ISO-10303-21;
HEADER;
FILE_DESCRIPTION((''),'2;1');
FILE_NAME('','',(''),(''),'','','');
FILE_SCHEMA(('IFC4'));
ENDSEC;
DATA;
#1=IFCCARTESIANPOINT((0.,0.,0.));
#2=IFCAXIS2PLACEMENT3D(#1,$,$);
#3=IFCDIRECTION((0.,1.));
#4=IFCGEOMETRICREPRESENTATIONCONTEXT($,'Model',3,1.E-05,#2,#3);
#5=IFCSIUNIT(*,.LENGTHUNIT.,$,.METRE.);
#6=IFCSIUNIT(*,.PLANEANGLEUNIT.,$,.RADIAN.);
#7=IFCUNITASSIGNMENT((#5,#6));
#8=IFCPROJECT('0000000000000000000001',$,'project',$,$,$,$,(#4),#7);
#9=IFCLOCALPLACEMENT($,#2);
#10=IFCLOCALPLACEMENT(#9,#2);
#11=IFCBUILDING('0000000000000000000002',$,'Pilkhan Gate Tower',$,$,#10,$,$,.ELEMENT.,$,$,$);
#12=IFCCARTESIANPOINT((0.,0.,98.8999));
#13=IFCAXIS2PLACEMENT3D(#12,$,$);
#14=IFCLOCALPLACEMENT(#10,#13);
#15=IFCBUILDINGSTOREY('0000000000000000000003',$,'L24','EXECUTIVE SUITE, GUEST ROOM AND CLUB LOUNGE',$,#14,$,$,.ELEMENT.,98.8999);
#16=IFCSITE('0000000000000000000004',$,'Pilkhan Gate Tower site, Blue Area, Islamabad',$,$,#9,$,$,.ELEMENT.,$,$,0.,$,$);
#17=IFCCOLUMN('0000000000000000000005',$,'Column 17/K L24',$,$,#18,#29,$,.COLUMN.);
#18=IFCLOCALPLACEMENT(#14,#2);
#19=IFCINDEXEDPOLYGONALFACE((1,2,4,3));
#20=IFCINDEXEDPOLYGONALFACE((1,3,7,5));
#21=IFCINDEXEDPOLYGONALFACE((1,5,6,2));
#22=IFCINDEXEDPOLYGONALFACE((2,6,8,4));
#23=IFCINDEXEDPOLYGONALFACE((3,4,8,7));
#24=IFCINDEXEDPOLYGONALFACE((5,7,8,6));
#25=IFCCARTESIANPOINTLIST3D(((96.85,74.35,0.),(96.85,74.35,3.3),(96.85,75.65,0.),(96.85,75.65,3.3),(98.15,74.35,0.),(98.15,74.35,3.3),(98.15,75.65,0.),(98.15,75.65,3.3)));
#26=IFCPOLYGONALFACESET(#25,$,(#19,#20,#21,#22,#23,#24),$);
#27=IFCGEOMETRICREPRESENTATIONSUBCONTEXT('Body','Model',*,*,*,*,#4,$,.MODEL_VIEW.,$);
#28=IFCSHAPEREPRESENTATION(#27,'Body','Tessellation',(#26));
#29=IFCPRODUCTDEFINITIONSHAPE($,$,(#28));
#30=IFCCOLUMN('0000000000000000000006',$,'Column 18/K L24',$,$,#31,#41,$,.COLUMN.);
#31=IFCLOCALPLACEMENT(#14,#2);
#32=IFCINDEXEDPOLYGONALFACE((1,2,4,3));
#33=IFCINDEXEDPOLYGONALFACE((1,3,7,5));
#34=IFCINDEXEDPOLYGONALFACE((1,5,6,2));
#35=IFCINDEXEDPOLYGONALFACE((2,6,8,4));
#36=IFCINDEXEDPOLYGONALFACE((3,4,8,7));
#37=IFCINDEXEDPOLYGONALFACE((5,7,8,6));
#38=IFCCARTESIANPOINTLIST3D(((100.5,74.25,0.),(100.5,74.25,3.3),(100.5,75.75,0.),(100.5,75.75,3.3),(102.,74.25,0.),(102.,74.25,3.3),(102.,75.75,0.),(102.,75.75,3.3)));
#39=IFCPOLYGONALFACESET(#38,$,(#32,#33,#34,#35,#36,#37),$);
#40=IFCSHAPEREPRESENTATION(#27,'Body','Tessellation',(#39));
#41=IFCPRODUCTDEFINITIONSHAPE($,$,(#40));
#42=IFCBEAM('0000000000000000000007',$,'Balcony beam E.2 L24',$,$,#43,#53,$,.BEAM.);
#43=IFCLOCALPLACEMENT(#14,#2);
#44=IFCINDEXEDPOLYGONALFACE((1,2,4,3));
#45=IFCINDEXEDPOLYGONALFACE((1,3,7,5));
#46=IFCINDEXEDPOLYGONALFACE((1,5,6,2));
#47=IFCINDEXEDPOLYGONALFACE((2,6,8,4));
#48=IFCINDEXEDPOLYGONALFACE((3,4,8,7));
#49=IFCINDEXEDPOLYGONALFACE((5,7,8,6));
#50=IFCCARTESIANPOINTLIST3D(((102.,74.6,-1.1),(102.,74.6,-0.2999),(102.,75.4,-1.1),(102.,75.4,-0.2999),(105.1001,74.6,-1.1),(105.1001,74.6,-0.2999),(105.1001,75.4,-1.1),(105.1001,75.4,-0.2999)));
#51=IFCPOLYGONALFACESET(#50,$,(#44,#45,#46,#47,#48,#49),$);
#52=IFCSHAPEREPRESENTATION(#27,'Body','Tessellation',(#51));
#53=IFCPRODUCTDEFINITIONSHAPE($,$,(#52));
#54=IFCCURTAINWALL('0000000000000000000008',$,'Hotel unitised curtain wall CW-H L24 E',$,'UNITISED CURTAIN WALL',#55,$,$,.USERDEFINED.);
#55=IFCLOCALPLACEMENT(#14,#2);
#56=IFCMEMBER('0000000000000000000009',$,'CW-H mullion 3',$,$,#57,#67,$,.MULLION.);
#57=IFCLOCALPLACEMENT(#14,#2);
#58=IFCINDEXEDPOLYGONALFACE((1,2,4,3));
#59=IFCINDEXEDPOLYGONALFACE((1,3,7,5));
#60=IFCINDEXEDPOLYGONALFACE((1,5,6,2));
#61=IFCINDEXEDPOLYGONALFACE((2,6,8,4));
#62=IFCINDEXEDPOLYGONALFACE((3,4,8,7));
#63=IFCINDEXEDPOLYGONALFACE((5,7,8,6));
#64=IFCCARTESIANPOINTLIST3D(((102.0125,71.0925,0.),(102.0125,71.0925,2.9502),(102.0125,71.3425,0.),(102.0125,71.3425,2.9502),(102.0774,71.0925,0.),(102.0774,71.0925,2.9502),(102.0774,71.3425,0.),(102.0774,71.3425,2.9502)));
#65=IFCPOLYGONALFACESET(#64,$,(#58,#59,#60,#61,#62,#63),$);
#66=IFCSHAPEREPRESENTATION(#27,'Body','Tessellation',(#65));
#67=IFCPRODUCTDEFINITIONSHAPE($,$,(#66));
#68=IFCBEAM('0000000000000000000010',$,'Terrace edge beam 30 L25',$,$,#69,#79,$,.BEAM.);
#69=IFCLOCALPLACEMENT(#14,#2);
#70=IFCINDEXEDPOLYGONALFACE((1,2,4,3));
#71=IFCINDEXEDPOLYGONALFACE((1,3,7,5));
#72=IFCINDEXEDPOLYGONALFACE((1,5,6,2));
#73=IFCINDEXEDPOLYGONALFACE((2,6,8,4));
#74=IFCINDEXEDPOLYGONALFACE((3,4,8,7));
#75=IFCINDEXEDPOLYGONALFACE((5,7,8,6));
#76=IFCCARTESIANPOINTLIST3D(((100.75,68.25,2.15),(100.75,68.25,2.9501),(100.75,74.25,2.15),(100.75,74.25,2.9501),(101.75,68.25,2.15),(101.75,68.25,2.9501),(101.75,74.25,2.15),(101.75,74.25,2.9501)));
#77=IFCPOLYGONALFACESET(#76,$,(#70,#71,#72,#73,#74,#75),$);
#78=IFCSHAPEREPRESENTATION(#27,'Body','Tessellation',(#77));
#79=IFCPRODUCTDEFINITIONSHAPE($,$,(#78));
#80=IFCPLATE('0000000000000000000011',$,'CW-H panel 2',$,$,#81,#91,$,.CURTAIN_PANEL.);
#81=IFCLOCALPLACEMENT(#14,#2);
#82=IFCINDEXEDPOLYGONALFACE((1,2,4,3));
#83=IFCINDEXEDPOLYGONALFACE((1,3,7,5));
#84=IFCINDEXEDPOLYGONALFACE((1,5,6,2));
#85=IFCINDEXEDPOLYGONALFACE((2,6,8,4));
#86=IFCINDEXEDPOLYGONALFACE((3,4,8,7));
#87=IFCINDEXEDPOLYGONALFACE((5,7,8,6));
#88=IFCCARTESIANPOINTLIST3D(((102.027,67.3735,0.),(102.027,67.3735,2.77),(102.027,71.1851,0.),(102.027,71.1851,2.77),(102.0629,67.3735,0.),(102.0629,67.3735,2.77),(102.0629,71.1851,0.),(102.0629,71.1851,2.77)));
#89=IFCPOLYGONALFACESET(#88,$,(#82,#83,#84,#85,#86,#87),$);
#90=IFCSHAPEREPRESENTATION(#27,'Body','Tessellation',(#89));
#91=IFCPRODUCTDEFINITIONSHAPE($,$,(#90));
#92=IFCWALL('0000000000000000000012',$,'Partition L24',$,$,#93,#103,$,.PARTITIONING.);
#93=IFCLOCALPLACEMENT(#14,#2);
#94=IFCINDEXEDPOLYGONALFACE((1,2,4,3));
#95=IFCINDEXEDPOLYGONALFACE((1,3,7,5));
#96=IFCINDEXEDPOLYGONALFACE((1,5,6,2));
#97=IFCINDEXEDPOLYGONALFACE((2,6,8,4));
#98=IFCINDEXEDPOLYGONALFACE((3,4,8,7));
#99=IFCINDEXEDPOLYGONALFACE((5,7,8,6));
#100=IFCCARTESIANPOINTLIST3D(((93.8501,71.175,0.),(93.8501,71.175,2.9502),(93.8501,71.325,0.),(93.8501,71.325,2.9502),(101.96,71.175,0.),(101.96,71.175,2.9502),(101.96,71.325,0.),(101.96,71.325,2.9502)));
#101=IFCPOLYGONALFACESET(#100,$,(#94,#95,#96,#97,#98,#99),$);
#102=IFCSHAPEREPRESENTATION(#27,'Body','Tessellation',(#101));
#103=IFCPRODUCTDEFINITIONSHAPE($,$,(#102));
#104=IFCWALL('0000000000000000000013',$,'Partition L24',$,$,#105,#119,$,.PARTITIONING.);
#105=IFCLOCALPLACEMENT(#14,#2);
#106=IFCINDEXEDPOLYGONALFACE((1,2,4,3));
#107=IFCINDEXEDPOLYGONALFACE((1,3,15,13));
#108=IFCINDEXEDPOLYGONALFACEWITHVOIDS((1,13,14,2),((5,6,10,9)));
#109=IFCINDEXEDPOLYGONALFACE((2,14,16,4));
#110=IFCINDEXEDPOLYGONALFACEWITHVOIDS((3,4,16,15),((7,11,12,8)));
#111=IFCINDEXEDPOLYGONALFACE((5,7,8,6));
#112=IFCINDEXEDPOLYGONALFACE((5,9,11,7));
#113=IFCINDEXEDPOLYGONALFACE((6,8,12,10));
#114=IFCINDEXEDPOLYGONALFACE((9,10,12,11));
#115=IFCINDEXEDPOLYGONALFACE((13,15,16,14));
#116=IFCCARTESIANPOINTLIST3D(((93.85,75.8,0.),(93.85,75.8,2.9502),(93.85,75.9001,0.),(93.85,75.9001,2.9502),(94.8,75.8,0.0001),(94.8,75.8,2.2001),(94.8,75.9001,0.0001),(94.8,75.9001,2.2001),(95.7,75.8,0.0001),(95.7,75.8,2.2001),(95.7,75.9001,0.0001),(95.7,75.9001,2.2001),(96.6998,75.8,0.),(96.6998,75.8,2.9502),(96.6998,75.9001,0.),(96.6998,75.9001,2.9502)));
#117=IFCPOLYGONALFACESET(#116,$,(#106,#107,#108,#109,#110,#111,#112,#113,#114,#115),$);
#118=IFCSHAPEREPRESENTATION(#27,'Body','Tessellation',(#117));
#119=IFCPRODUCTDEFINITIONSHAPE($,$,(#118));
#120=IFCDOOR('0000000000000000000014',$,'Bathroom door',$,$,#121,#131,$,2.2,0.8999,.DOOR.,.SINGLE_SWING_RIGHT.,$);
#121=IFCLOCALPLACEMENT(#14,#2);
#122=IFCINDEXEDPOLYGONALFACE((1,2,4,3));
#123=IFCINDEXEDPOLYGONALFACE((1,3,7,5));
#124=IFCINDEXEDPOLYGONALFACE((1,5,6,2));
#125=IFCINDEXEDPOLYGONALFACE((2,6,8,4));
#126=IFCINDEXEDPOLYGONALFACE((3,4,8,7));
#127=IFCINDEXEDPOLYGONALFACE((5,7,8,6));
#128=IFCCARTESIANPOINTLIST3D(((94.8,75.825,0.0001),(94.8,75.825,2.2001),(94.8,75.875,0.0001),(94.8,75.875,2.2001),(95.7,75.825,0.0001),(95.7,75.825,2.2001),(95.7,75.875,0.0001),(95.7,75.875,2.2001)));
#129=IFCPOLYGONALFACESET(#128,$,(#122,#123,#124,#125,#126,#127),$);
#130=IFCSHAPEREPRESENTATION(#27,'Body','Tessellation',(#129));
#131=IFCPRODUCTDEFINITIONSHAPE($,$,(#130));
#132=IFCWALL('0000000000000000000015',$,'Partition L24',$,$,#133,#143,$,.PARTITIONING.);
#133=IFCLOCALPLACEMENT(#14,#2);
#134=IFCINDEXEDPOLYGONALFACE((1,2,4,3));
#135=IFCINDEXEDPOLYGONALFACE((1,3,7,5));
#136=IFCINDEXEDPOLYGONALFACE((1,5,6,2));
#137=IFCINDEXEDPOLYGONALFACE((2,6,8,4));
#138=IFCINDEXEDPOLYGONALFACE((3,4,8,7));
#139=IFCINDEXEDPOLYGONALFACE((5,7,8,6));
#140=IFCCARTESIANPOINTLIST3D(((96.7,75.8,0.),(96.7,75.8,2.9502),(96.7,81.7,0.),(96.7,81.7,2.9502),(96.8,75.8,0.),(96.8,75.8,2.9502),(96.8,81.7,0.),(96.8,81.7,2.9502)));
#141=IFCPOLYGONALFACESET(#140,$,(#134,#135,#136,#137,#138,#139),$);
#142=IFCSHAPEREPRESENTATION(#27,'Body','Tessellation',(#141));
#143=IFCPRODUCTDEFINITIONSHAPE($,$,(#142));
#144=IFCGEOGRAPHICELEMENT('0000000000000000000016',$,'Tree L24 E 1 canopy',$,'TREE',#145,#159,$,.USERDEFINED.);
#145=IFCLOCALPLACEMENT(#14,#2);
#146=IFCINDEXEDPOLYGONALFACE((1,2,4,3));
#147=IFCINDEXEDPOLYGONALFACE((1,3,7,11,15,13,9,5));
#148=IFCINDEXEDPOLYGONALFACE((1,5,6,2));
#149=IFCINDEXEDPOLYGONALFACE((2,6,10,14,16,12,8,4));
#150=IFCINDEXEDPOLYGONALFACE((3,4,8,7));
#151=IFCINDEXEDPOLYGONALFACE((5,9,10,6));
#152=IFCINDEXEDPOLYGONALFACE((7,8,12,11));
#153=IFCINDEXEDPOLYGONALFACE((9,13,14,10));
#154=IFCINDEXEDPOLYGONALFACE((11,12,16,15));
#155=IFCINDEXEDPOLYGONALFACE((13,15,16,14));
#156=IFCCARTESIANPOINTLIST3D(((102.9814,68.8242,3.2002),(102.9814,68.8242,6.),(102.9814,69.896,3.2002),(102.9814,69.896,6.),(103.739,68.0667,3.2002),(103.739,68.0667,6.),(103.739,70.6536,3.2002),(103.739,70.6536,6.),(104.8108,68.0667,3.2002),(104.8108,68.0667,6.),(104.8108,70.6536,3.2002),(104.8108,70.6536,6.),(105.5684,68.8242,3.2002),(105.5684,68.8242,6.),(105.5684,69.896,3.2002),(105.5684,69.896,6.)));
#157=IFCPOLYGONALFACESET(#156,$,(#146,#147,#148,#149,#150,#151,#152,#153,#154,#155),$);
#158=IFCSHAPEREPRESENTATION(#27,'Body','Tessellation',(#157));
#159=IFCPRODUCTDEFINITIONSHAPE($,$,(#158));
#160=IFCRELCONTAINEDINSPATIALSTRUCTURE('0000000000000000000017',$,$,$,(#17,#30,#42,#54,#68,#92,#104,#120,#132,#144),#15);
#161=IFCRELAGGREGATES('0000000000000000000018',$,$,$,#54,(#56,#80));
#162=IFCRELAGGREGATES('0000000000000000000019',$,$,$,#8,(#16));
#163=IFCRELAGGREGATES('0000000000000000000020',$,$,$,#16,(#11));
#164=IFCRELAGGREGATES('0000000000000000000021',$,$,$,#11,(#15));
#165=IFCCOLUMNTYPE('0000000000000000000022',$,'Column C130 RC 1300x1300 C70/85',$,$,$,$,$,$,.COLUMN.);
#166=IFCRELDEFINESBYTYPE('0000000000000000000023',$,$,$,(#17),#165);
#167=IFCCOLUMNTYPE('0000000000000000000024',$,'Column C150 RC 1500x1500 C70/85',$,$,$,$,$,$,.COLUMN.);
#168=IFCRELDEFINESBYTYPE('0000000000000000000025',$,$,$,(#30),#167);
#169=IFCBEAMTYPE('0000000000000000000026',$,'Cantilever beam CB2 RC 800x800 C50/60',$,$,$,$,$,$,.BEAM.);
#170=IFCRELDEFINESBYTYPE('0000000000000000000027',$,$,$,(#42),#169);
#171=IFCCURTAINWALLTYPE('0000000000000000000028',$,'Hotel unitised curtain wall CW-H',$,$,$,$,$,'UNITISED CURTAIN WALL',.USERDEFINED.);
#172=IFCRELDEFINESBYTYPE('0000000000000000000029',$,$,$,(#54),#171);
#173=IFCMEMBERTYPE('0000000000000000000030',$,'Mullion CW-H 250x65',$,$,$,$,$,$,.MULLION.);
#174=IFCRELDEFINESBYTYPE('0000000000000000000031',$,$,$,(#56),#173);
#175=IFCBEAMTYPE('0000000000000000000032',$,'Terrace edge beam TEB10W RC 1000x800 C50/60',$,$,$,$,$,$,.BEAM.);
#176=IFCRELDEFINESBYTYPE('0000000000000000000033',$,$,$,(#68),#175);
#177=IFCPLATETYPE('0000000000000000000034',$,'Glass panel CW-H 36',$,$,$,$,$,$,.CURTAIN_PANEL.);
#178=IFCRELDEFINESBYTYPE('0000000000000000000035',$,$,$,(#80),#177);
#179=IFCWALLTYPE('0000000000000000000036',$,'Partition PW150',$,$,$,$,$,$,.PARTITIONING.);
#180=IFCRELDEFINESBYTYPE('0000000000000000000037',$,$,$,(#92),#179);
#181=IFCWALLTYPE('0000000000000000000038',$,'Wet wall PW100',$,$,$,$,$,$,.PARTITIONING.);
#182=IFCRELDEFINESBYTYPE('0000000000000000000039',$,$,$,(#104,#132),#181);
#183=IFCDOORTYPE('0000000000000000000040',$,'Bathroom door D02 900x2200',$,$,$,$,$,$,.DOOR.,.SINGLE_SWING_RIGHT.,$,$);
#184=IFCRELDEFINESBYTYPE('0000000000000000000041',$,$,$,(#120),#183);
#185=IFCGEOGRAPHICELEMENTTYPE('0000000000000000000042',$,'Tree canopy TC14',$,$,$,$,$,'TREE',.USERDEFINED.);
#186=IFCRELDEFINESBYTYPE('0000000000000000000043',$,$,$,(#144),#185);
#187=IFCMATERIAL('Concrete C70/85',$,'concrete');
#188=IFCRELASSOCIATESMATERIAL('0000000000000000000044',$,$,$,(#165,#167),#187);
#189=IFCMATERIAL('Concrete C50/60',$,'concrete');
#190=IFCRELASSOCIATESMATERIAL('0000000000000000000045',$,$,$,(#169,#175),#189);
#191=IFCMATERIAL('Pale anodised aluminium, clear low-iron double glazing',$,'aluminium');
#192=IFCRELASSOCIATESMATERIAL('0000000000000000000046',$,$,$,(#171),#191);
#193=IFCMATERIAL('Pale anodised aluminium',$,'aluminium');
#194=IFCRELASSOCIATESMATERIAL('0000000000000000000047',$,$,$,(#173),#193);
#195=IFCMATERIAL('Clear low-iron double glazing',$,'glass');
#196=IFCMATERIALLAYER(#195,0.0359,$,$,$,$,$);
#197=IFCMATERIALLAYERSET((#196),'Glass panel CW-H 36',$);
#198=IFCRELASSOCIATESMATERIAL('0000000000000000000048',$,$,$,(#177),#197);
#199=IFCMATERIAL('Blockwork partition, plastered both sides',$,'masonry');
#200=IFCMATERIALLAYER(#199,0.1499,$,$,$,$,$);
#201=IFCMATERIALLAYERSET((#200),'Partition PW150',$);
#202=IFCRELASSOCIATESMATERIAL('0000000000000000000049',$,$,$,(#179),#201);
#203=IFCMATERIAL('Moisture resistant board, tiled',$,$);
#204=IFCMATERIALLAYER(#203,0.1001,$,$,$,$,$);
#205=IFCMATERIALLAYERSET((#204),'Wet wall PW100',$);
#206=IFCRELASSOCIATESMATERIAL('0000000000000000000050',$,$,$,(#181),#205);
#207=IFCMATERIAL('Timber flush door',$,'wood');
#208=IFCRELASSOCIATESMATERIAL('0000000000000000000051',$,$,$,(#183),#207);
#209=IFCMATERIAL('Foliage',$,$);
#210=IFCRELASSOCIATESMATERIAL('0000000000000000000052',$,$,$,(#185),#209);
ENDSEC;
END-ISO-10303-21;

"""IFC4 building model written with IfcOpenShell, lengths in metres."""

from ifc_helpers import new_model, si_unit, direction, frame, frame_2d, origin, origin_2d, place, context, subcontext, project, spatial, polyline, rectangle, outline, extrude, material, layer, layer_set, material_profile, profile_set, type_object, element, fill, aggregate, save


model = new_model("IFC4")

# Units and contexts
model_context = context("Model", 3, precision=1e-05, world=origin(), true_north=direction((0.0, 1.0)))
body_context = subcontext(model_context, "Body", "Model", "MODEL_VIEW")
ifc_project = project(units=[si_unit("LENGTHUNIT", "METRE"), si_unit("PLANEANGLEUNIT", "RADIAN")], contexts=[model_context])

# Site, building, storey
site_placement = place(None, origin())
site = spatial("IfcSite", under=ifc_project, at=site_placement, Name="Pilkhan Gate Tower site, Blue Area, Islamabad", CompositionType="ELEMENT", RefElevation=0.0)
building_placement = place(site_placement, origin())
building = spatial("IfcBuilding", under=site, at=building_placement, Name="Pilkhan Gate Tower", CompositionType="ELEMENT")
storey_placement = place(building_placement, frame((0.0, 0.0, 98.8999)))
storey = spatial("IfcBuildingStorey", under=building, at=storey_placement, Name="L24", Description="EXECUTIVE SUITE, GUEST ROOM AND CLUB LOUNGE", CompositionType="ELEMENT", Elevation=98.8999)

# Columns
ifc_material_1 = material(Name="Concrete C70/85", Category="concrete")
ifc_material_profile_1 = material_profile(ifc_material_1, rectangle(XDim=1.3, YDim=1.3, at=origin_2d()), Name="RC 1300x1300")
ifc_profile_set_1 = profile_set([ifc_material_profile_1], Name="Concrete C70/85")
column_type_1 = type_object("IfcColumnType", Name="Column C130 RC 1300x1300 C70/85", PredefinedType="COLUMN", material=ifc_profile_set_1)
column_1_placement = place(storey_placement, frame((97.5, 75.0, 0.0), z_axis=(0.0, 0.0, 1.0), x_axis=(1.0, 0.0, 0.0)))
element("IfcColumn", 1, at=column_1_placement, inside=storey, type_object=column_type_1, Name="Column 17/K L24", PredefinedType="COLUMN", context=body_context, shape_type="SweptSolid", body=[
    extrude(rectangle(XDim=1.3, YDim=1.3, at=origin_2d()), origin(), (0.0, 0.0, 1.0), 3.3),
])
ifc_material_profile_2 = material_profile(ifc_material_1, rectangle(XDim=1.5, YDim=1.5, at=origin_2d()), Name="RC 1500x1500")
ifc_profile_set_2 = profile_set([ifc_material_profile_2], Name="Concrete C70/85")
column_type_2 = type_object("IfcColumnType", Name="Column C150 RC 1500x1500 C70/85", PredefinedType="COLUMN", material=ifc_profile_set_2)
column_2_placement = place(storey_placement, frame((101.25, 75.0, 0.0), z_axis=(0.0, 0.0, 1.0), x_axis=(1.0, 0.0, 0.0)))
element("IfcColumn", 2, at=column_2_placement, inside=storey, type_object=column_type_2, Name="Column 18/K L24", PredefinedType="COLUMN", context=body_context, shape_type="SweptSolid", body=[
    extrude(rectangle(XDim=1.5, YDim=1.5, at=origin_2d()), origin(), (0.0, 0.0, 1.0), 3.3),
])

# Beam
ifc_material_2 = material(Name="Concrete C50/60", Category="concrete")
ifc_material_profile_3 = material_profile(ifc_material_2, rectangle(XDim=0.8, YDim=0.8, at=origin_2d()), Name="RC 800x800")
ifc_profile_set_3 = profile_set([ifc_material_profile_3], Name="Concrete C50/60")
beam_type_1 = type_object("IfcBeamType", Name="Cantilever beam CB2 RC 800x800 C50/60", PredefinedType="BEAM", material=ifc_profile_set_3)
beam_1_placement = place(storey_placement, frame((102.0, 75.0, -0.7), z_axis=(1.0, 0.0, 0.0), x_axis=(0.0, 1.0, 0.0)))
element("IfcBeam", 3, at=beam_1_placement, inside=storey, type_object=beam_type_1, Name="Balcony beam E.2 L24", PredefinedType="BEAM", context=body_context, shape_type="SweptSolid", body=[
    extrude(rectangle(XDim=0.8, YDim=0.8, at=origin_2d()), origin(), (0.0, 0.0, 1.0), 3.1001),
])

# Curtain wall, member
ifc_material_3 = material(Name="Pale anodised aluminium, clear low-iron double glazing", Category="aluminium")
curtain_wall_type = type_object("IfcCurtainWallType", Name="Hotel unitised curtain wall CW-H", ElementType="UNITISED CURTAIN WALL", PredefinedType="USERDEFINED", material=ifc_material_3)
curtain_wall_placement = place(storey_placement, origin())
curtain_wall = element("IfcCurtainWall", 4, at=curtain_wall_placement, inside=storey, type_object=curtain_wall_type, Name="Hotel unitised curtain wall CW-H L24 E", ObjectType="UNITISED CURTAIN WALL", PredefinedType="USERDEFINED")
ifc_material_4 = material(Name="Pale anodised aluminium", Category="aluminium")
ifc_material_profile_4 = material_profile(ifc_material_4, rectangle(XDim=0.0649, YDim=0.25, at=origin_2d()), Name="Mullion 250x65")
ifc_profile_set_4 = profile_set([ifc_material_profile_4], Name="Pale anodised aluminium")
member_type = type_object("IfcMemberType", Name="Mullion CW-H 250x65", PredefinedType="MULLION", material=ifc_profile_set_4)
member_placement = place(storey_placement, frame((102.0449, 71.2175, 0.0), z_axis=(0.0, 0.0, 1.0), x_axis=(-1.0, 0.0, 0.0)))
member = element("IfcMember", 5, at=member_placement, type_object=member_type, Name="CW-H mullion 3", PredefinedType="MULLION", context=body_context, shape_type="SweptSolid", body=[
    extrude(rectangle(XDim=0.0649, YDim=0.25, at=origin_2d()), origin(), (0.0, 0.0, 1.0), 2.9502),
])

# Beam
ifc_material_profile_5 = material_profile(ifc_material_2, rectangle(XDim=1.0, YDim=0.8, at=origin_2d()), Name="RC 1000x800")
ifc_profile_set_5 = profile_set([ifc_material_profile_5], Name="Concrete C50/60")
beam_type_2 = type_object("IfcBeamType", Name="Terrace edge beam TEB10W RC 1000x800 C50/60", PredefinedType="BEAM", material=ifc_profile_set_5)
beam_2_placement = place(storey_placement, frame((101.25, 74.25, 2.55), z_axis=(0.0, -1.0, 0.0), x_axis=(1.0, 0.0, 0.0)))
element("IfcBeam", 6, at=beam_2_placement, inside=storey, type_object=beam_type_2, Name="Terrace edge beam 30 L25", PredefinedType="BEAM", context=body_context, shape_type="SweptSolid", body=[
    extrude(rectangle(XDim=1.0, YDim=0.8, at=origin_2d()), origin(), (0.0, 0.0, 1.0), 6.0),
])

# Plate
ifc_material_5 = material(Name="Clear low-iron double glazing", Category="glass")
ifc_layer_1 = layer(ifc_material_5, 0.0359)
ifc_layer_set_1 = layer_set([ifc_layer_1], Name="Glass panel CW-H 36")
plate_type = type_object("IfcPlateType", Name="Glass panel CW-H 36", PredefinedType="CURTAIN_PANEL", material=ifc_layer_set_1)
plate_placement = place(storey_placement, frame((102.0449, 69.2793, 0.0), z_axis=(0.0, 0.0, 1.0), x_axis=(0.0, 1.0, 0.0)))
plate = element("IfcPlate", 7, at=plate_placement, type_object=plate_type, Name="CW-H panel 2", PredefinedType="CURTAIN_PANEL", context=body_context, shape_type="SweptSolid", body=[
    extrude(rectangle(XDim=3.8115, YDim=0.0359, at=origin_2d()), origin(), (0.0, 0.0, 1.0), 2.77),
])
aggregate(curtain_wall, [member, plate])

# Wall
ifc_material_6 = material(Name="Blockwork partition, plastered both sides", Category="masonry")
ifc_layer_2 = layer(ifc_material_6, 0.1499)
ifc_layer_set_2 = layer_set([ifc_layer_2], Name="Partition PW150")
wall_type_1 = type_object("IfcWallType", Name="Partition PW150", PredefinedType="PARTITIONING", material=ifc_layer_set_2)
wall_1_placement = place(storey_placement, frame((93.8501, 71.25, 0.0), z_axis=(0.0, 0.0, 1.0), x_axis=(1.0, 0.0, 0.0)))
element("IfcWall", 8, at=wall_1_placement, inside=storey, type_object=wall_type_1, Name="Partition L24", PredefinedType="PARTITIONING", context=body_context, shape_type="SweptSolid", body=[
    extrude(rectangle(XDim=8.1099, YDim=0.1499, at=frame_2d((4.0549, 0.0))), origin(), (0.0, 0.0, 1.0), 2.9502),
])

# Wall, opening, door
ifc_material_7 = material(Name="Moisture resistant board, tiled")
ifc_layer_3 = layer(ifc_material_7, 0.1001)
ifc_layer_set_3 = layer_set([ifc_layer_3], Name="Wet wall PW100")
wall_type_2 = type_object("IfcWallType", Name="Wet wall PW100", PredefinedType="PARTITIONING", material=ifc_layer_set_3)
wall_2_placement = place(storey_placement, frame((93.8501, 75.8501, 0.0), z_axis=(0.0, 0.0, 1.0), x_axis=(1.0, 0.0, 0.0)))
wall_2 = element("IfcWall", 9, at=wall_2_placement, inside=storey, type_object=wall_type_2, Name="Partition L24", PredefinedType="PARTITIONING", context=body_context, shape_type="SweptSolid", body=[
    extrude(rectangle(XDim=2.8499, YDim=0.1001, at=frame_2d((1.4248, 0.0))), origin(), (0.0, 0.0, 1.0), 2.9502),
])
opening_1_placement = place(wall_2_placement, frame((0.95, 0.0, 0.0)))
opening_1 = element("IfcOpeningElement", 10, at=opening_1_placement, cuts=wall_2, PredefinedType="OPENING", context=body_context, shape_type="SweptSolid", body=[
    extrude(rectangle(XDim=0.8999, YDim=2.2, at=frame_2d((0.45, 1.1001))), frame((0.0, 0.0601, 0.0), z_axis=(0.0, -1.0, 0.0), x_axis=(1.0, 0.0, 0.0)), (0.0, 0.0, 1.0), 0.1201),
])
ifc_material_8 = material(Name="Timber flush door", Category="wood")
door_type_1 = type_object("IfcDoorType", Name="Bathroom door D02 900x2200", OperationType="SINGLE_SWING_RIGHT", PredefinedType="DOOR", material=ifc_material_8)
door_1_placement = place(opening_1_placement, origin())
door_1 = element("IfcDoor", 11, at=door_1_placement, inside=storey, type_object=door_type_1, Name="Bathroom door", OperationType="SINGLE_SWING_RIGHT", OverallHeight=2.2, OverallWidth=0.8999, PredefinedType="DOOR", context=body_context, shape_type="SweptSolid", body=[
    extrude(rectangle(XDim=0.8999, YDim=2.2, at=frame_2d((0.45, 1.1001))), frame((0.0, 0.0249, 0.0), z_axis=(0.0, -1.0, 0.0), x_axis=(1.0, 0.0, 0.0)), (0.0, 0.0, 1.0), 0.05),
])
fill(opening_1, door_1)

# Wall
wall_3_placement = place(storey_placement, frame((96.75, 75.8, 0.0), z_axis=(0.0, 0.0, 1.0), x_axis=(0.0, 1.0, 0.0)))
element("IfcWall", 12, at=wall_3_placement, inside=storey, type_object=wall_type_2, Name="Partition L24", PredefinedType="PARTITIONING", context=body_context, shape_type="SweptSolid", body=[
    extrude(rectangle(XDim=5.8999, YDim=0.1001, at=frame_2d((2.95, 0.0))), origin(), (0.0, 0.0, 1.0), 2.9502),
])

# Geographic element
ifc_material_9 = material(Name="Foliage")
ifc_material_profile_6 = material_profile(ifc_material_9, outline(polyline([(1.2935, 0.5359), (0.5359, 1.2935), (-0.5359, 1.2935), (-1.2935, 0.5359), (-1.2935, -0.5359), (-0.5359, -1.2935), (0.5359, -1.2935), (1.2935, -0.5359), (1.2935, 0.5359)])), Name="Canopy D2.8")
ifc_profile_set_6 = profile_set([ifc_material_profile_6], Name="Foliage")
geographic_element_type_1 = type_object("IfcGeographicElementType", Name="Tree canopy TC14", ElementType="TREE", PredefinedType="USERDEFINED", material=ifc_profile_set_6)
for number, where, z_axis, x_axis, name in (
    (13, (104.2749, 69.3601, 3.2002), (0.0, 0.0, 1.0), (1.0, 0.0, 0.0), "Tree L24 E 1 canopy"),
):
    element("IfcGeographicElement", number, at=place(storey_placement, frame(where, z_axis=z_axis, x_axis=x_axis)), inside=storey, type_object=geographic_element_type_1, Name=name, ObjectType="TREE", PredefinedType="USERDEFINED", context=body_context, shape_type="SweptSolid", body=[
        extrude(outline(polyline([(1.2935, 0.5359), (0.5359, 1.2935), (-0.5359, 1.2935), (-1.2935, 0.5359), (-1.2935, -0.5359), (-0.5359, -1.2935), (0.5359, -1.2935), (1.2935, -0.5359), (1.2935, 0.5359)])), origin(), (0.0, 0.0, 1.0), 2.7998),
    ])

save(model, "model.ifc")
